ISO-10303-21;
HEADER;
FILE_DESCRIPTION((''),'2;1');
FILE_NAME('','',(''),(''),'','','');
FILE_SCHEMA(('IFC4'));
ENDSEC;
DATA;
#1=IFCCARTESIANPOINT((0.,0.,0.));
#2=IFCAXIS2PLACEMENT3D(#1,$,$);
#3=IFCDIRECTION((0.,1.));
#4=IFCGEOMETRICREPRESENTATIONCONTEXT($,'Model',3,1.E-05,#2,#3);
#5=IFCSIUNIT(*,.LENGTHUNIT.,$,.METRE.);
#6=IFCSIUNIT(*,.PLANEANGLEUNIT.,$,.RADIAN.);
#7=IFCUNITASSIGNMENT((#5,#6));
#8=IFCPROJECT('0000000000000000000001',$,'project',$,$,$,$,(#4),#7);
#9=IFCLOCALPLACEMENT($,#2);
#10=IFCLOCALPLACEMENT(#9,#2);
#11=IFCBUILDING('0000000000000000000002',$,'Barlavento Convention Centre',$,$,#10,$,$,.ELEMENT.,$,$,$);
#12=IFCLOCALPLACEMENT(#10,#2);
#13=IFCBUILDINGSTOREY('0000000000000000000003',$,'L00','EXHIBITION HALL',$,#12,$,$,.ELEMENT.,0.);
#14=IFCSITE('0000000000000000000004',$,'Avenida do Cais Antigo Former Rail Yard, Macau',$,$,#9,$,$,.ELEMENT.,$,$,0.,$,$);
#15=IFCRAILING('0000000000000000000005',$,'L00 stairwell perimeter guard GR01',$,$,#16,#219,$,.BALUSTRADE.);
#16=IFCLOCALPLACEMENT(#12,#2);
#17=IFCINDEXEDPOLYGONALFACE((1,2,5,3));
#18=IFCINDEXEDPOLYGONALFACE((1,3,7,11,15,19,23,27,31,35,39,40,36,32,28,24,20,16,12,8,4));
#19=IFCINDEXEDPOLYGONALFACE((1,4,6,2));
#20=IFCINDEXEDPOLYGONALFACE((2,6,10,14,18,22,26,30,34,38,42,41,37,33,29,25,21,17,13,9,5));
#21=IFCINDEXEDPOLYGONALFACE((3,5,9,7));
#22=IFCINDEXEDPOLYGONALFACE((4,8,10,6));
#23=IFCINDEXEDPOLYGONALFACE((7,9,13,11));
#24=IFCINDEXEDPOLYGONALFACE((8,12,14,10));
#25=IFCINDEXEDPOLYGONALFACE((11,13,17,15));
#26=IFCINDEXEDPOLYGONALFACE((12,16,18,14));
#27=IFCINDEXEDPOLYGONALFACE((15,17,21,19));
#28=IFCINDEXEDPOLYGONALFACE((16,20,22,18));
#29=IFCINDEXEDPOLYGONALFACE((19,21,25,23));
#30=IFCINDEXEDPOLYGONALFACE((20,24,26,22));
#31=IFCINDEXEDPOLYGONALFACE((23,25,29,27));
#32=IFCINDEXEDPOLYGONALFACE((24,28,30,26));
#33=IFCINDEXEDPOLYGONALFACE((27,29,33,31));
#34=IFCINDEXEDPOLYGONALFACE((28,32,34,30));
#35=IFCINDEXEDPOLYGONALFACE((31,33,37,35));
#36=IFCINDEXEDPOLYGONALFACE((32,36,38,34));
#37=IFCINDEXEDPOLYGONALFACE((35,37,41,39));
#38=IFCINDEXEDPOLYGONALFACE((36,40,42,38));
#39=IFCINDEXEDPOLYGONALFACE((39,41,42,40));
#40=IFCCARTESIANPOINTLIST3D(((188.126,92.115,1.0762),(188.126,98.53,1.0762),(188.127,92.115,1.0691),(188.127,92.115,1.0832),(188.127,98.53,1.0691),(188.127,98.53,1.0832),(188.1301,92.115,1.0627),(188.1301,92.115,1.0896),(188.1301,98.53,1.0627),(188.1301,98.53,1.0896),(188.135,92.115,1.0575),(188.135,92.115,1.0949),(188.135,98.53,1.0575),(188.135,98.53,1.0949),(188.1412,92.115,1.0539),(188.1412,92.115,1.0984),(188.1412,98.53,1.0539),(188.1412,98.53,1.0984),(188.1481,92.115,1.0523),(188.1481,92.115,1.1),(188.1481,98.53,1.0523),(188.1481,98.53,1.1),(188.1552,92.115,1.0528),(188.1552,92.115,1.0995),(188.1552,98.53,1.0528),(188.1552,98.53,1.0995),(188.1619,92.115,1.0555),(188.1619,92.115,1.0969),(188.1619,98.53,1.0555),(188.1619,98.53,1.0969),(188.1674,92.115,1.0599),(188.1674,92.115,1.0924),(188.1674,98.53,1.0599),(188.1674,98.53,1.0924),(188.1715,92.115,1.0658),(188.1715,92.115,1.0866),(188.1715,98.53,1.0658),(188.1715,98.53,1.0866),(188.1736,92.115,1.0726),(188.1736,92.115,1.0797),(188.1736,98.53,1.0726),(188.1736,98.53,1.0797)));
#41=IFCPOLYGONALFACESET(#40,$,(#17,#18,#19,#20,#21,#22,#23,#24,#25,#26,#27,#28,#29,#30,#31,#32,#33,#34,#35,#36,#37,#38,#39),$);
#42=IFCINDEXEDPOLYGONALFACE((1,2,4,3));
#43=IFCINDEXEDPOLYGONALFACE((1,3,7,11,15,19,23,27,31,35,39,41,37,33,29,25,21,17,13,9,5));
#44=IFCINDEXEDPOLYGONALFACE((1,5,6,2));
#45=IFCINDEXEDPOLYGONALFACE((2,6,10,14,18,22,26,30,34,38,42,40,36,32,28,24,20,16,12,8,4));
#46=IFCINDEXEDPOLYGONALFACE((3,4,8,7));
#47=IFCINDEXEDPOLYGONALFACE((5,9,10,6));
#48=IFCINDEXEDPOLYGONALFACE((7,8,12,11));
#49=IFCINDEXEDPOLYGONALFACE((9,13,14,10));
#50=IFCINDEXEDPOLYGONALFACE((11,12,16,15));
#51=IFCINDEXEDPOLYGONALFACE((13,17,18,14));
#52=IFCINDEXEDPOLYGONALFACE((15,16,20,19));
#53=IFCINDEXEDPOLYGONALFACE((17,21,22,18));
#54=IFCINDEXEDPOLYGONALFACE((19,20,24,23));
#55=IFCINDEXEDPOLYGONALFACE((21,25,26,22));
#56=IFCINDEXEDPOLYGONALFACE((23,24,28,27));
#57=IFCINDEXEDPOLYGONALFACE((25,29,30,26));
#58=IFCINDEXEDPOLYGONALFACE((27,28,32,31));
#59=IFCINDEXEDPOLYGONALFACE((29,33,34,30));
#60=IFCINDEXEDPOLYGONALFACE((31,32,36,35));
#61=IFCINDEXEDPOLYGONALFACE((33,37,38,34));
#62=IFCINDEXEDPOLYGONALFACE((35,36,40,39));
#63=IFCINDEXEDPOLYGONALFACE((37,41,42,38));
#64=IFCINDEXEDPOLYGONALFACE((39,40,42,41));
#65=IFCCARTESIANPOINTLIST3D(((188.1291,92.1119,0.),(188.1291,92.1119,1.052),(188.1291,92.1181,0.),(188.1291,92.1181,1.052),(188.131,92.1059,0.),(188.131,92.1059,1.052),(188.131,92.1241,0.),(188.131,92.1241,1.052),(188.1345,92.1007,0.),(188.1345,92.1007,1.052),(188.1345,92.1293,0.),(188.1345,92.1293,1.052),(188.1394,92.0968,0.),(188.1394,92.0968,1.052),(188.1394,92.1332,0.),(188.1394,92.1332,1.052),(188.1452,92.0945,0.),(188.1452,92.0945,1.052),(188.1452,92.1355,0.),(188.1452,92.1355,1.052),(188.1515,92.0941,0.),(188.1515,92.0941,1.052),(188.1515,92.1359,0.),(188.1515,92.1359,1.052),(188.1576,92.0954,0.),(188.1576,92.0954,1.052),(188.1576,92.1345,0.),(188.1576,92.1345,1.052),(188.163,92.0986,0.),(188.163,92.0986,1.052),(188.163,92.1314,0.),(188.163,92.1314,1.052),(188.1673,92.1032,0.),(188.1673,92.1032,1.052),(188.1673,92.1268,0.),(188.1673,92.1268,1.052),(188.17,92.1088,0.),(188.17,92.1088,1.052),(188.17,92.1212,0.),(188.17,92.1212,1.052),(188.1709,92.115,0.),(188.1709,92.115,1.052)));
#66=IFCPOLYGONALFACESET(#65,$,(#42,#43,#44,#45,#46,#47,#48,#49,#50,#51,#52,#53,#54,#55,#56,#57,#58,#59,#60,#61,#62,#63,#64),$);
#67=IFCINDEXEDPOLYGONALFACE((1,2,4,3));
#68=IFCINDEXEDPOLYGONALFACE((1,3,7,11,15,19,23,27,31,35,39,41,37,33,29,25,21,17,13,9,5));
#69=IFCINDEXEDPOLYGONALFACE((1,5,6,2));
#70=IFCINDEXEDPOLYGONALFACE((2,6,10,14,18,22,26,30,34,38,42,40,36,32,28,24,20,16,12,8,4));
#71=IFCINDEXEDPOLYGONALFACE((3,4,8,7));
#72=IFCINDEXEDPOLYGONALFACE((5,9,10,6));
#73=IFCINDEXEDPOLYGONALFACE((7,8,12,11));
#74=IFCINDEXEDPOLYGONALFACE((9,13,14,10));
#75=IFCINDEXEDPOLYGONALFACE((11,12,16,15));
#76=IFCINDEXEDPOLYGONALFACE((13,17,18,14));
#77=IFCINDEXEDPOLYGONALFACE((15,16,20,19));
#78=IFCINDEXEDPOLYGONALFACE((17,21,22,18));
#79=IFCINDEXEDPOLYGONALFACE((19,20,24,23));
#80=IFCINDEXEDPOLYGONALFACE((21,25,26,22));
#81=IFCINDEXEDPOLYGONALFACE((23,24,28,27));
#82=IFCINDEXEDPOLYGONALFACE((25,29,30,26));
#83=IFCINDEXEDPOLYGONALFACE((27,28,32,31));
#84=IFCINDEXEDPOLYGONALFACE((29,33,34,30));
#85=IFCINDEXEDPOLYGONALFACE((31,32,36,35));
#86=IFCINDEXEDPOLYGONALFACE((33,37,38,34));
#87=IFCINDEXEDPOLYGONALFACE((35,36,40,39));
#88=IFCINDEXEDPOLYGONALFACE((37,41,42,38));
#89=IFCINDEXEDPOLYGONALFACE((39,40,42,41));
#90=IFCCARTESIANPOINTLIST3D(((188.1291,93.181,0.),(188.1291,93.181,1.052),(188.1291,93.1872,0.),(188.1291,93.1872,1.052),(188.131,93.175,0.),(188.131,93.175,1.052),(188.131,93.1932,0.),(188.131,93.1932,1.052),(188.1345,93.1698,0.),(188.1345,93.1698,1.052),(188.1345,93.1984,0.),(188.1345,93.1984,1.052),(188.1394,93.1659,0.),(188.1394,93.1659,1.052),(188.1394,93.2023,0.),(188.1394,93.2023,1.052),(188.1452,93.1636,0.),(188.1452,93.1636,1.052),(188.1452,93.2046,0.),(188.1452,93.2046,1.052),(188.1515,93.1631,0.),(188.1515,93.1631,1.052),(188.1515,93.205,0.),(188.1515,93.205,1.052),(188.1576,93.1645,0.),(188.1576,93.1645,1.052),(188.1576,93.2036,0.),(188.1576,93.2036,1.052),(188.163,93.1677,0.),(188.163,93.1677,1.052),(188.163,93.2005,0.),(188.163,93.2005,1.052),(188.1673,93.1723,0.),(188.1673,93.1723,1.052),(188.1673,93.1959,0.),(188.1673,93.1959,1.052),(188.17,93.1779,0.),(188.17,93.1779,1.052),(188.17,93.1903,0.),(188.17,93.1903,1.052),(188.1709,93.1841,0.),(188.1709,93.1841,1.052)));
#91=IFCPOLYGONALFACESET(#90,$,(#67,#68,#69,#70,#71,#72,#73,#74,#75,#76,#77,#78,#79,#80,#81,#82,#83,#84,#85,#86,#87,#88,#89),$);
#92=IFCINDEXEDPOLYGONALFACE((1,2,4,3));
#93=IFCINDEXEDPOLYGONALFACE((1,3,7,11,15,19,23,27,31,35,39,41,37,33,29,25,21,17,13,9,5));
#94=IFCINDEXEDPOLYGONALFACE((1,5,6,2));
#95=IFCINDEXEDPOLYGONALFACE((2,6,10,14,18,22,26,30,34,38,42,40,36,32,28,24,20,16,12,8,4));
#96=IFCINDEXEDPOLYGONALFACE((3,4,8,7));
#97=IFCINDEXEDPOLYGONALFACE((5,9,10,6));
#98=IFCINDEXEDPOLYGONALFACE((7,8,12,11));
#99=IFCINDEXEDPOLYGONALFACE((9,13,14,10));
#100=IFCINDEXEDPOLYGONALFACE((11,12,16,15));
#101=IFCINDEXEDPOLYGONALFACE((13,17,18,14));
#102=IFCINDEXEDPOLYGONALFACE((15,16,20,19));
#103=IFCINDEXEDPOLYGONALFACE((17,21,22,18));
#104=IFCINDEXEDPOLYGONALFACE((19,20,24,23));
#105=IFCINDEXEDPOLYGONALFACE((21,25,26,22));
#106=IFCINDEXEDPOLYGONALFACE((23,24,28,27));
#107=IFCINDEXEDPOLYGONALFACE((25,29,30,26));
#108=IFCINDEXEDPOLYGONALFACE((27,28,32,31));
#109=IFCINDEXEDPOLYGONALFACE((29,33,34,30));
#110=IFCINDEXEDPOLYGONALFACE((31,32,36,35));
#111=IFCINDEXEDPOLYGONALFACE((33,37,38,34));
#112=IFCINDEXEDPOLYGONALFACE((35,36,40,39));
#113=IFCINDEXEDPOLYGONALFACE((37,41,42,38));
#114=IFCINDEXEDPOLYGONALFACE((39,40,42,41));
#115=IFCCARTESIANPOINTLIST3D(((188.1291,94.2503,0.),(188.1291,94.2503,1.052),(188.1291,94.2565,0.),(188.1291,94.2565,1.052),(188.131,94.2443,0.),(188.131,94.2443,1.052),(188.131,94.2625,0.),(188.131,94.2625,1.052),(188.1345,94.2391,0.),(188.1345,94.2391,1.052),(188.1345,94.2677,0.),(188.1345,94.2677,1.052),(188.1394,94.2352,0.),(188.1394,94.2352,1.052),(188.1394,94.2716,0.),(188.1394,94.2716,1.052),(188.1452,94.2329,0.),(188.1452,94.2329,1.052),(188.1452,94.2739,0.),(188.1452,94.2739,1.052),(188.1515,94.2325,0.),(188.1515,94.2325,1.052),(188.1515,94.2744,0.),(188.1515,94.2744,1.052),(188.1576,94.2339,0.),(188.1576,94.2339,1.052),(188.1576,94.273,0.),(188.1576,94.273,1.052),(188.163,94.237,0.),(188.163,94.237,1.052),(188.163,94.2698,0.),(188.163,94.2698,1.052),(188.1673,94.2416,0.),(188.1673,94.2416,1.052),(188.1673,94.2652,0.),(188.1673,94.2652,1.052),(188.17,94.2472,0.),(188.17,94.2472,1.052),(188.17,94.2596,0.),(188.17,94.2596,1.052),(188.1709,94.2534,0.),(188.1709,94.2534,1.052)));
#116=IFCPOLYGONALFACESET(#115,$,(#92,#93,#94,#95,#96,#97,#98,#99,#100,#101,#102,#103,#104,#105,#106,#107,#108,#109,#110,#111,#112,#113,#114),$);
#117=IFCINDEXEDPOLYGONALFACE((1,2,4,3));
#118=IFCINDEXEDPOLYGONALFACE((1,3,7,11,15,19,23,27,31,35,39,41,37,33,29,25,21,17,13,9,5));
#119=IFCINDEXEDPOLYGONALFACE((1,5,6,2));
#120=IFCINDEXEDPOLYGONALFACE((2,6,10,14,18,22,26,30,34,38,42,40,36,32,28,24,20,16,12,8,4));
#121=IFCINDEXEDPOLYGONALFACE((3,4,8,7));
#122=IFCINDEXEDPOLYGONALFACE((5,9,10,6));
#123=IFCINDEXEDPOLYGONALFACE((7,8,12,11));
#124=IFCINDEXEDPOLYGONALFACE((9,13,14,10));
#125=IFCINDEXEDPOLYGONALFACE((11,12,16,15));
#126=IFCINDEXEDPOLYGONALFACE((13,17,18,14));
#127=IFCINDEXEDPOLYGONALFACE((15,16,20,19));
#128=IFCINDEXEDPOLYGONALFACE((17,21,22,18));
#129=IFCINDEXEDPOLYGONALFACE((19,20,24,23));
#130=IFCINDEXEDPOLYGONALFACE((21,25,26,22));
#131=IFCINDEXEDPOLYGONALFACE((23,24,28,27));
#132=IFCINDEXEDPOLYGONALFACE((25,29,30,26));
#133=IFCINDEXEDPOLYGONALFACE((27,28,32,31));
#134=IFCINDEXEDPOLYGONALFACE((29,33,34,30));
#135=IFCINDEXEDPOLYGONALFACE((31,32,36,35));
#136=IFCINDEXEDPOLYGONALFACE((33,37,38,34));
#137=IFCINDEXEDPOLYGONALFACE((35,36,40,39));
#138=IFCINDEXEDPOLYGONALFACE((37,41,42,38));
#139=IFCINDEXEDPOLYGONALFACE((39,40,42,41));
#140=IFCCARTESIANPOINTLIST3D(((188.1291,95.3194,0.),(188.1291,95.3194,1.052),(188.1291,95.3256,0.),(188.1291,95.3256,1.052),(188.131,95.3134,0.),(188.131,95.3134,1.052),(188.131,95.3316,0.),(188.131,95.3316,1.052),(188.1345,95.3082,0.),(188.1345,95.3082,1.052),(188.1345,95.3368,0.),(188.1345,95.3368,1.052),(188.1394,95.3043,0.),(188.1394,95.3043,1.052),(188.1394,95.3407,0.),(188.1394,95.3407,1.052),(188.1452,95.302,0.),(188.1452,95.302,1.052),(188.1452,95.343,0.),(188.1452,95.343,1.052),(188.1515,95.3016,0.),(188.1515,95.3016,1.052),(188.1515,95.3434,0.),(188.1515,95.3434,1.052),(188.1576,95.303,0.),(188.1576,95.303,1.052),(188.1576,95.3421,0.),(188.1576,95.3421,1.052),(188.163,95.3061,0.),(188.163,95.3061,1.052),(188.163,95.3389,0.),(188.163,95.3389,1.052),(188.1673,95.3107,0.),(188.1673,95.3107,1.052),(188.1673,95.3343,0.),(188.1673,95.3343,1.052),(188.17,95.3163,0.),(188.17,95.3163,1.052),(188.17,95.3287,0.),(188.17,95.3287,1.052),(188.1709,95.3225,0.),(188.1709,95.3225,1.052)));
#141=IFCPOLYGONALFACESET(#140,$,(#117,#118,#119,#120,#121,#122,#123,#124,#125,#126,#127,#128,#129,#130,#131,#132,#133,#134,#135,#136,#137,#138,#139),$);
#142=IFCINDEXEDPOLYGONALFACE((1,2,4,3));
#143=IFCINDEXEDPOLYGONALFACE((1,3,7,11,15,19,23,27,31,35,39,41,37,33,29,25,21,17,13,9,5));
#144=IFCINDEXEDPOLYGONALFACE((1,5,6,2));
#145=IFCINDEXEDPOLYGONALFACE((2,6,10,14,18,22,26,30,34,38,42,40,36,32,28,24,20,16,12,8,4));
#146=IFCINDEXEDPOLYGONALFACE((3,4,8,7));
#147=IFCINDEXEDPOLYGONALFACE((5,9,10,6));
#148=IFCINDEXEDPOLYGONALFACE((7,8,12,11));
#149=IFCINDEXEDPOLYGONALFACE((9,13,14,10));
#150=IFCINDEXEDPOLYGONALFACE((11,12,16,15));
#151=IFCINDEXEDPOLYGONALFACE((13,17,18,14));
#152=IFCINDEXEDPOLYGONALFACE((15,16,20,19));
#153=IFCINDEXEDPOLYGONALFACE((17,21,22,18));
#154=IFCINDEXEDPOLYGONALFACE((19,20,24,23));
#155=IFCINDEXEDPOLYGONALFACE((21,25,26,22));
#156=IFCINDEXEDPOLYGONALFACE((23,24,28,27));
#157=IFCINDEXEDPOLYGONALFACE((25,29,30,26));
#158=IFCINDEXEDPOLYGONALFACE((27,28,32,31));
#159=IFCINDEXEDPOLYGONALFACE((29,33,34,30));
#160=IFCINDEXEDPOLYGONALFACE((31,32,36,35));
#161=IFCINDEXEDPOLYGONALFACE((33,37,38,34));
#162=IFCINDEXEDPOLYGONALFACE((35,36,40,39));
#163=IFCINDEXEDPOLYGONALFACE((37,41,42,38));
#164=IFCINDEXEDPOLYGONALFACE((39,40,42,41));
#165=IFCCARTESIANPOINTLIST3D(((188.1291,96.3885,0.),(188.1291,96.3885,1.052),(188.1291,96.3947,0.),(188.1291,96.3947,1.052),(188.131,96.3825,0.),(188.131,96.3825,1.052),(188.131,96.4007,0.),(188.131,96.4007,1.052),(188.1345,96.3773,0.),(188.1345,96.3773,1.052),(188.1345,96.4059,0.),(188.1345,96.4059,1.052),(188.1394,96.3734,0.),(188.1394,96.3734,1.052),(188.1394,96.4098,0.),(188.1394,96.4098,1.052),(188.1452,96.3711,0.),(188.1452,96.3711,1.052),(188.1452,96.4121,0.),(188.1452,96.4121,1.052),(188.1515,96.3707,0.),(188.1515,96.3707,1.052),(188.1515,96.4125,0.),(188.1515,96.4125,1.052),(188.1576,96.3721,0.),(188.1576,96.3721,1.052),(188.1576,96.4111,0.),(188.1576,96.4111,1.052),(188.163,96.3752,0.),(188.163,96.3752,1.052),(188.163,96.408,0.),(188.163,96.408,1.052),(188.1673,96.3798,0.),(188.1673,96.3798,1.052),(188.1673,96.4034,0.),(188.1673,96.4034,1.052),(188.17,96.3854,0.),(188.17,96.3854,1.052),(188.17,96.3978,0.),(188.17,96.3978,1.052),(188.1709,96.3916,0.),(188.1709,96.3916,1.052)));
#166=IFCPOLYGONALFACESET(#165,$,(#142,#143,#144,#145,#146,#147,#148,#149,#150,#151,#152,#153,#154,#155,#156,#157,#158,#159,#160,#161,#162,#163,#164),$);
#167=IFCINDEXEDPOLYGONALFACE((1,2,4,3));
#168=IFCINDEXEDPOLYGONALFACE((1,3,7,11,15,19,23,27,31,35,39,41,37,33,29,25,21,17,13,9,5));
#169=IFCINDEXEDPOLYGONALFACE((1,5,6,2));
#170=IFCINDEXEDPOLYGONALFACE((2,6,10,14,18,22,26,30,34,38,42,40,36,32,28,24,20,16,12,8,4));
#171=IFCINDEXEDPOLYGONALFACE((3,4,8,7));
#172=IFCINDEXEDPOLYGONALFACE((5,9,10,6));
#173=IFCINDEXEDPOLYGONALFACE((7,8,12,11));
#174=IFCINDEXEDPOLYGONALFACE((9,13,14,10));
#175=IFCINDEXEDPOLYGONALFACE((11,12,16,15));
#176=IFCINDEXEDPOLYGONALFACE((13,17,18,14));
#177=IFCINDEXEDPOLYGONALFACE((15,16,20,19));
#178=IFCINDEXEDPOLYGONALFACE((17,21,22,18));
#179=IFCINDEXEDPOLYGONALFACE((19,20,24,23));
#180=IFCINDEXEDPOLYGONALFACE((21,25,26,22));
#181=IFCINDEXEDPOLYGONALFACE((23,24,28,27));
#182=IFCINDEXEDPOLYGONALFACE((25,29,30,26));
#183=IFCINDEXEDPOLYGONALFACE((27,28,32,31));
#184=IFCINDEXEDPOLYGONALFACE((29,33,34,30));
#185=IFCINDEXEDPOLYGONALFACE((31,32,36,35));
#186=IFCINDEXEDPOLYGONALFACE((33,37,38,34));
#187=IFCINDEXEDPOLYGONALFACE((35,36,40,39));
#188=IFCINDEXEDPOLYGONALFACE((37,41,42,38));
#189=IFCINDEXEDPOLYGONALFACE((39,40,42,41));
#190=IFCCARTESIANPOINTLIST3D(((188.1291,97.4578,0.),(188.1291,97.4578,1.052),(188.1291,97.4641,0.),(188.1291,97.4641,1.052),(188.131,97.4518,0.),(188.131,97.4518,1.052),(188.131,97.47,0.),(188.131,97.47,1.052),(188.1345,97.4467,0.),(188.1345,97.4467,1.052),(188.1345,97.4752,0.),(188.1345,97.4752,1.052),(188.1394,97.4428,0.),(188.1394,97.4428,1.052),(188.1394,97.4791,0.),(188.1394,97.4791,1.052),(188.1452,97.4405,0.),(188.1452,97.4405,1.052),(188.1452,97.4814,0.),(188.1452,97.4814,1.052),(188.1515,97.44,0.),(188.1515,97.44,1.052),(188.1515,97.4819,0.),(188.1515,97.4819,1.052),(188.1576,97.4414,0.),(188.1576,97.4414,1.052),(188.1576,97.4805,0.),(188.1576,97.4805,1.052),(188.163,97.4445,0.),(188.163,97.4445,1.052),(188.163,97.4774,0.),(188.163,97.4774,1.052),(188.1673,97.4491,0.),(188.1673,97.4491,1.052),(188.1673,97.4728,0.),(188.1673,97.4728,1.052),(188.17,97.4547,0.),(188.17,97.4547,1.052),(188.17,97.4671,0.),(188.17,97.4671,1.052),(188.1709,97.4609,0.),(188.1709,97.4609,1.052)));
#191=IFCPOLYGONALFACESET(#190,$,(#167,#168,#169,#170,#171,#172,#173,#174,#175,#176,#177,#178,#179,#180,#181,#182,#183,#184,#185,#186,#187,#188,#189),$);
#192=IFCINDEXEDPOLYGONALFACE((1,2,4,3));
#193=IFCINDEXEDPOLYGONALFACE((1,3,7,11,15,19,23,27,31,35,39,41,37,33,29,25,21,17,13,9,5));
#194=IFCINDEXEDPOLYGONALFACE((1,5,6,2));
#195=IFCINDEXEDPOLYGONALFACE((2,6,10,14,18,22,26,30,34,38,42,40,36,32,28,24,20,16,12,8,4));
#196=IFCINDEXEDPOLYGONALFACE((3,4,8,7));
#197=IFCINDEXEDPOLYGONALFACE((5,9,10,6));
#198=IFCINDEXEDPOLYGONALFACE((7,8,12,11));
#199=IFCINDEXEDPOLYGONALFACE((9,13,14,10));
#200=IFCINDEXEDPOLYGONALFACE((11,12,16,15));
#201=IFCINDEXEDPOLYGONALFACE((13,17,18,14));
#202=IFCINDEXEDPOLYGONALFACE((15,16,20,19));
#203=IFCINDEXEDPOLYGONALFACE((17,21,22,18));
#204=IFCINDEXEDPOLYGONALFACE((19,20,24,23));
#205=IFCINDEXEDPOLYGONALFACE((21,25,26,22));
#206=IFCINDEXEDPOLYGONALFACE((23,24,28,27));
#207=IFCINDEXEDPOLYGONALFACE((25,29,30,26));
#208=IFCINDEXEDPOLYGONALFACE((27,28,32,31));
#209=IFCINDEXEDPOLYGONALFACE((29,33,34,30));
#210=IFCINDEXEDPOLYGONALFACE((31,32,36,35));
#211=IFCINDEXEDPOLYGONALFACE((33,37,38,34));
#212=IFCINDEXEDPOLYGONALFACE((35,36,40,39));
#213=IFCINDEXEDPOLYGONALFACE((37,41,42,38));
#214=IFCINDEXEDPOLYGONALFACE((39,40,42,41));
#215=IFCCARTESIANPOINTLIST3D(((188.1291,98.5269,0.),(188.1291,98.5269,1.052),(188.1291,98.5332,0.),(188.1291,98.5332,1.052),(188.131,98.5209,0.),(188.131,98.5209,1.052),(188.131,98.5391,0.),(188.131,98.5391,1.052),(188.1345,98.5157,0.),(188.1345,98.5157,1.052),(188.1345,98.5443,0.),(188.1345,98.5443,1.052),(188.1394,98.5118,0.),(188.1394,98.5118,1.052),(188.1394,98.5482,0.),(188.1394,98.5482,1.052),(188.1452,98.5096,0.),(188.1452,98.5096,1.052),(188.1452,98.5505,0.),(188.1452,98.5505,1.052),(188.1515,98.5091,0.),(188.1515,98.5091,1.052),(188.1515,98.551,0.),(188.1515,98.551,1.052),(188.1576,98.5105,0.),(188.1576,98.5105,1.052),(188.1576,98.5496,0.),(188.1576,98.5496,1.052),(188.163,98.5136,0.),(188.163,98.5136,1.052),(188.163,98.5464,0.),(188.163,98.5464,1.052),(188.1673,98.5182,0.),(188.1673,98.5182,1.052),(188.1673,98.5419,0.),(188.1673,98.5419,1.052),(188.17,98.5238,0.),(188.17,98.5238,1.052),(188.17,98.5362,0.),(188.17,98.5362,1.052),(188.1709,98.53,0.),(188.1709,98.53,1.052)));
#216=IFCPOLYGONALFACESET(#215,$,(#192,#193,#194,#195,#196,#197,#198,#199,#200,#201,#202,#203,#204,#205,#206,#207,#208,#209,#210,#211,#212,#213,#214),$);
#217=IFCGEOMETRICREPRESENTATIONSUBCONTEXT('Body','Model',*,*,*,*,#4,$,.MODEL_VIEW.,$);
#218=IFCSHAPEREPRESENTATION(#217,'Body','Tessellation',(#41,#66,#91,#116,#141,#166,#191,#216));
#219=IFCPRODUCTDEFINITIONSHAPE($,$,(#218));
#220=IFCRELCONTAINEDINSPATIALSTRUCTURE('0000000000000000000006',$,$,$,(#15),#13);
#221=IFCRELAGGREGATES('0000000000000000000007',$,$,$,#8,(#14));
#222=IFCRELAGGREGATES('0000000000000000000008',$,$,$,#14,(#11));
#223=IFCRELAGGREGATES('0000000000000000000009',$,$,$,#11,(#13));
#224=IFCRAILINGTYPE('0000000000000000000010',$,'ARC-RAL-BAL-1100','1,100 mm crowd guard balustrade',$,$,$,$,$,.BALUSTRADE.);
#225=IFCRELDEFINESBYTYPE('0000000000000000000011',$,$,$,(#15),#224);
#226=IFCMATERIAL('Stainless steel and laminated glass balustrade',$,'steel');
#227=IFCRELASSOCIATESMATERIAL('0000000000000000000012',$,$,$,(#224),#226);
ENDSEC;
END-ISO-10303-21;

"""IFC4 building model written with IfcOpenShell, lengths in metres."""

from ifc_helpers import new_model, si_unit, direction, frame, origin, origin_2d, place, context, subcontext, project, spatial, circle, extrude, material, type_object, element, save


model = new_model("IFC4")

# Units and contexts
model_context = context("Model", 3, precision=1e-05, world=origin(), true_north=direction((0.0, 1.0)))
body_context = subcontext(model_context, "Body", "Model", "MODEL_VIEW")
ifc_project = project(units=[si_unit("LENGTHUNIT", "METRE"), si_unit("PLANEANGLEUNIT", "RADIAN")], contexts=[model_context])

# Site, building, storey
site_placement = place(None, origin())
site = spatial("IfcSite", under=ifc_project, at=site_placement, Name="Avenida do Cais Antigo Former Rail Yard, Macau", CompositionType="ELEMENT", RefElevation=0.0)
building_placement = place(site_placement, origin())
building = spatial("IfcBuilding", under=site, at=building_placement, Name="Barlavento Convention Centre", CompositionType="ELEMENT")
storey_placement = place(building_placement, origin())
storey = spatial("IfcBuildingStorey", under=building, at=storey_placement, Name="L00", Description="EXHIBITION HALL", CompositionType="ELEMENT", Elevation=0.0)

# Railing
ifc_material_1 = material(Name="Stainless steel and laminated glass balustrade", Category="steel")
railing_type_1 = type_object("IfcRailingType", Name="ARC-RAL-BAL-1100", Description="1,100 mm crowd guard balustrade", PredefinedType="BALUSTRADE", material=ifc_material_1)
railing_1_placement = place(storey_placement, frame((188.1499, 92.115, 0.0)))
element("IfcRailing", 1, at=railing_1_placement, inside=storey, type_object=railing_type_1, Name="L00 stairwell perimeter guard GR01", PredefinedType="BALUSTRADE", context=body_context, shape_type="SweptSolid", body=[
    extrude(circle(Radius=0.0239, at=origin_2d()), frame((0.0, 0.0, 1.0762), z_axis=(0.0, 1.0, 0.0), x_axis=(-1.0, 0.0, 0.0)), (0.0, 0.0, 1.0), 6.415),
    extrude(circle(Radius=0.021, at=origin_2d()), origin(), (0.0, 0.0, 1.0), 1.052),
    extrude(circle(Radius=0.021, at=origin_2d()), frame((0.0, 1.0691, 0.0)), (0.0, 0.0, 1.0), 1.052),
    extrude(circle(Radius=0.021, at=origin_2d()), frame((0.0, 2.1384, 0.0)), (0.0, 0.0, 1.0), 1.052),
    extrude(circle(Radius=0.021, at=origin_2d()), frame((0.0, 3.2075, 0.0)), (0.0, 0.0, 1.0), 1.052),
    extrude(circle(Radius=0.021, at=origin_2d()), frame((0.0, 4.2766, 0.0)), (0.0, 0.0, 1.0), 1.052),
    extrude(circle(Radius=0.021, at=origin_2d()), frame((0.0, 5.3459, 0.0)), (0.0, 0.0, 1.0), 1.052),
    extrude(circle(Radius=0.021, at=origin_2d()), frame((0.0, 6.415, 0.0)), (0.0, 0.0, 1.0), 1.052),
])

save(model, "model.ifc")
